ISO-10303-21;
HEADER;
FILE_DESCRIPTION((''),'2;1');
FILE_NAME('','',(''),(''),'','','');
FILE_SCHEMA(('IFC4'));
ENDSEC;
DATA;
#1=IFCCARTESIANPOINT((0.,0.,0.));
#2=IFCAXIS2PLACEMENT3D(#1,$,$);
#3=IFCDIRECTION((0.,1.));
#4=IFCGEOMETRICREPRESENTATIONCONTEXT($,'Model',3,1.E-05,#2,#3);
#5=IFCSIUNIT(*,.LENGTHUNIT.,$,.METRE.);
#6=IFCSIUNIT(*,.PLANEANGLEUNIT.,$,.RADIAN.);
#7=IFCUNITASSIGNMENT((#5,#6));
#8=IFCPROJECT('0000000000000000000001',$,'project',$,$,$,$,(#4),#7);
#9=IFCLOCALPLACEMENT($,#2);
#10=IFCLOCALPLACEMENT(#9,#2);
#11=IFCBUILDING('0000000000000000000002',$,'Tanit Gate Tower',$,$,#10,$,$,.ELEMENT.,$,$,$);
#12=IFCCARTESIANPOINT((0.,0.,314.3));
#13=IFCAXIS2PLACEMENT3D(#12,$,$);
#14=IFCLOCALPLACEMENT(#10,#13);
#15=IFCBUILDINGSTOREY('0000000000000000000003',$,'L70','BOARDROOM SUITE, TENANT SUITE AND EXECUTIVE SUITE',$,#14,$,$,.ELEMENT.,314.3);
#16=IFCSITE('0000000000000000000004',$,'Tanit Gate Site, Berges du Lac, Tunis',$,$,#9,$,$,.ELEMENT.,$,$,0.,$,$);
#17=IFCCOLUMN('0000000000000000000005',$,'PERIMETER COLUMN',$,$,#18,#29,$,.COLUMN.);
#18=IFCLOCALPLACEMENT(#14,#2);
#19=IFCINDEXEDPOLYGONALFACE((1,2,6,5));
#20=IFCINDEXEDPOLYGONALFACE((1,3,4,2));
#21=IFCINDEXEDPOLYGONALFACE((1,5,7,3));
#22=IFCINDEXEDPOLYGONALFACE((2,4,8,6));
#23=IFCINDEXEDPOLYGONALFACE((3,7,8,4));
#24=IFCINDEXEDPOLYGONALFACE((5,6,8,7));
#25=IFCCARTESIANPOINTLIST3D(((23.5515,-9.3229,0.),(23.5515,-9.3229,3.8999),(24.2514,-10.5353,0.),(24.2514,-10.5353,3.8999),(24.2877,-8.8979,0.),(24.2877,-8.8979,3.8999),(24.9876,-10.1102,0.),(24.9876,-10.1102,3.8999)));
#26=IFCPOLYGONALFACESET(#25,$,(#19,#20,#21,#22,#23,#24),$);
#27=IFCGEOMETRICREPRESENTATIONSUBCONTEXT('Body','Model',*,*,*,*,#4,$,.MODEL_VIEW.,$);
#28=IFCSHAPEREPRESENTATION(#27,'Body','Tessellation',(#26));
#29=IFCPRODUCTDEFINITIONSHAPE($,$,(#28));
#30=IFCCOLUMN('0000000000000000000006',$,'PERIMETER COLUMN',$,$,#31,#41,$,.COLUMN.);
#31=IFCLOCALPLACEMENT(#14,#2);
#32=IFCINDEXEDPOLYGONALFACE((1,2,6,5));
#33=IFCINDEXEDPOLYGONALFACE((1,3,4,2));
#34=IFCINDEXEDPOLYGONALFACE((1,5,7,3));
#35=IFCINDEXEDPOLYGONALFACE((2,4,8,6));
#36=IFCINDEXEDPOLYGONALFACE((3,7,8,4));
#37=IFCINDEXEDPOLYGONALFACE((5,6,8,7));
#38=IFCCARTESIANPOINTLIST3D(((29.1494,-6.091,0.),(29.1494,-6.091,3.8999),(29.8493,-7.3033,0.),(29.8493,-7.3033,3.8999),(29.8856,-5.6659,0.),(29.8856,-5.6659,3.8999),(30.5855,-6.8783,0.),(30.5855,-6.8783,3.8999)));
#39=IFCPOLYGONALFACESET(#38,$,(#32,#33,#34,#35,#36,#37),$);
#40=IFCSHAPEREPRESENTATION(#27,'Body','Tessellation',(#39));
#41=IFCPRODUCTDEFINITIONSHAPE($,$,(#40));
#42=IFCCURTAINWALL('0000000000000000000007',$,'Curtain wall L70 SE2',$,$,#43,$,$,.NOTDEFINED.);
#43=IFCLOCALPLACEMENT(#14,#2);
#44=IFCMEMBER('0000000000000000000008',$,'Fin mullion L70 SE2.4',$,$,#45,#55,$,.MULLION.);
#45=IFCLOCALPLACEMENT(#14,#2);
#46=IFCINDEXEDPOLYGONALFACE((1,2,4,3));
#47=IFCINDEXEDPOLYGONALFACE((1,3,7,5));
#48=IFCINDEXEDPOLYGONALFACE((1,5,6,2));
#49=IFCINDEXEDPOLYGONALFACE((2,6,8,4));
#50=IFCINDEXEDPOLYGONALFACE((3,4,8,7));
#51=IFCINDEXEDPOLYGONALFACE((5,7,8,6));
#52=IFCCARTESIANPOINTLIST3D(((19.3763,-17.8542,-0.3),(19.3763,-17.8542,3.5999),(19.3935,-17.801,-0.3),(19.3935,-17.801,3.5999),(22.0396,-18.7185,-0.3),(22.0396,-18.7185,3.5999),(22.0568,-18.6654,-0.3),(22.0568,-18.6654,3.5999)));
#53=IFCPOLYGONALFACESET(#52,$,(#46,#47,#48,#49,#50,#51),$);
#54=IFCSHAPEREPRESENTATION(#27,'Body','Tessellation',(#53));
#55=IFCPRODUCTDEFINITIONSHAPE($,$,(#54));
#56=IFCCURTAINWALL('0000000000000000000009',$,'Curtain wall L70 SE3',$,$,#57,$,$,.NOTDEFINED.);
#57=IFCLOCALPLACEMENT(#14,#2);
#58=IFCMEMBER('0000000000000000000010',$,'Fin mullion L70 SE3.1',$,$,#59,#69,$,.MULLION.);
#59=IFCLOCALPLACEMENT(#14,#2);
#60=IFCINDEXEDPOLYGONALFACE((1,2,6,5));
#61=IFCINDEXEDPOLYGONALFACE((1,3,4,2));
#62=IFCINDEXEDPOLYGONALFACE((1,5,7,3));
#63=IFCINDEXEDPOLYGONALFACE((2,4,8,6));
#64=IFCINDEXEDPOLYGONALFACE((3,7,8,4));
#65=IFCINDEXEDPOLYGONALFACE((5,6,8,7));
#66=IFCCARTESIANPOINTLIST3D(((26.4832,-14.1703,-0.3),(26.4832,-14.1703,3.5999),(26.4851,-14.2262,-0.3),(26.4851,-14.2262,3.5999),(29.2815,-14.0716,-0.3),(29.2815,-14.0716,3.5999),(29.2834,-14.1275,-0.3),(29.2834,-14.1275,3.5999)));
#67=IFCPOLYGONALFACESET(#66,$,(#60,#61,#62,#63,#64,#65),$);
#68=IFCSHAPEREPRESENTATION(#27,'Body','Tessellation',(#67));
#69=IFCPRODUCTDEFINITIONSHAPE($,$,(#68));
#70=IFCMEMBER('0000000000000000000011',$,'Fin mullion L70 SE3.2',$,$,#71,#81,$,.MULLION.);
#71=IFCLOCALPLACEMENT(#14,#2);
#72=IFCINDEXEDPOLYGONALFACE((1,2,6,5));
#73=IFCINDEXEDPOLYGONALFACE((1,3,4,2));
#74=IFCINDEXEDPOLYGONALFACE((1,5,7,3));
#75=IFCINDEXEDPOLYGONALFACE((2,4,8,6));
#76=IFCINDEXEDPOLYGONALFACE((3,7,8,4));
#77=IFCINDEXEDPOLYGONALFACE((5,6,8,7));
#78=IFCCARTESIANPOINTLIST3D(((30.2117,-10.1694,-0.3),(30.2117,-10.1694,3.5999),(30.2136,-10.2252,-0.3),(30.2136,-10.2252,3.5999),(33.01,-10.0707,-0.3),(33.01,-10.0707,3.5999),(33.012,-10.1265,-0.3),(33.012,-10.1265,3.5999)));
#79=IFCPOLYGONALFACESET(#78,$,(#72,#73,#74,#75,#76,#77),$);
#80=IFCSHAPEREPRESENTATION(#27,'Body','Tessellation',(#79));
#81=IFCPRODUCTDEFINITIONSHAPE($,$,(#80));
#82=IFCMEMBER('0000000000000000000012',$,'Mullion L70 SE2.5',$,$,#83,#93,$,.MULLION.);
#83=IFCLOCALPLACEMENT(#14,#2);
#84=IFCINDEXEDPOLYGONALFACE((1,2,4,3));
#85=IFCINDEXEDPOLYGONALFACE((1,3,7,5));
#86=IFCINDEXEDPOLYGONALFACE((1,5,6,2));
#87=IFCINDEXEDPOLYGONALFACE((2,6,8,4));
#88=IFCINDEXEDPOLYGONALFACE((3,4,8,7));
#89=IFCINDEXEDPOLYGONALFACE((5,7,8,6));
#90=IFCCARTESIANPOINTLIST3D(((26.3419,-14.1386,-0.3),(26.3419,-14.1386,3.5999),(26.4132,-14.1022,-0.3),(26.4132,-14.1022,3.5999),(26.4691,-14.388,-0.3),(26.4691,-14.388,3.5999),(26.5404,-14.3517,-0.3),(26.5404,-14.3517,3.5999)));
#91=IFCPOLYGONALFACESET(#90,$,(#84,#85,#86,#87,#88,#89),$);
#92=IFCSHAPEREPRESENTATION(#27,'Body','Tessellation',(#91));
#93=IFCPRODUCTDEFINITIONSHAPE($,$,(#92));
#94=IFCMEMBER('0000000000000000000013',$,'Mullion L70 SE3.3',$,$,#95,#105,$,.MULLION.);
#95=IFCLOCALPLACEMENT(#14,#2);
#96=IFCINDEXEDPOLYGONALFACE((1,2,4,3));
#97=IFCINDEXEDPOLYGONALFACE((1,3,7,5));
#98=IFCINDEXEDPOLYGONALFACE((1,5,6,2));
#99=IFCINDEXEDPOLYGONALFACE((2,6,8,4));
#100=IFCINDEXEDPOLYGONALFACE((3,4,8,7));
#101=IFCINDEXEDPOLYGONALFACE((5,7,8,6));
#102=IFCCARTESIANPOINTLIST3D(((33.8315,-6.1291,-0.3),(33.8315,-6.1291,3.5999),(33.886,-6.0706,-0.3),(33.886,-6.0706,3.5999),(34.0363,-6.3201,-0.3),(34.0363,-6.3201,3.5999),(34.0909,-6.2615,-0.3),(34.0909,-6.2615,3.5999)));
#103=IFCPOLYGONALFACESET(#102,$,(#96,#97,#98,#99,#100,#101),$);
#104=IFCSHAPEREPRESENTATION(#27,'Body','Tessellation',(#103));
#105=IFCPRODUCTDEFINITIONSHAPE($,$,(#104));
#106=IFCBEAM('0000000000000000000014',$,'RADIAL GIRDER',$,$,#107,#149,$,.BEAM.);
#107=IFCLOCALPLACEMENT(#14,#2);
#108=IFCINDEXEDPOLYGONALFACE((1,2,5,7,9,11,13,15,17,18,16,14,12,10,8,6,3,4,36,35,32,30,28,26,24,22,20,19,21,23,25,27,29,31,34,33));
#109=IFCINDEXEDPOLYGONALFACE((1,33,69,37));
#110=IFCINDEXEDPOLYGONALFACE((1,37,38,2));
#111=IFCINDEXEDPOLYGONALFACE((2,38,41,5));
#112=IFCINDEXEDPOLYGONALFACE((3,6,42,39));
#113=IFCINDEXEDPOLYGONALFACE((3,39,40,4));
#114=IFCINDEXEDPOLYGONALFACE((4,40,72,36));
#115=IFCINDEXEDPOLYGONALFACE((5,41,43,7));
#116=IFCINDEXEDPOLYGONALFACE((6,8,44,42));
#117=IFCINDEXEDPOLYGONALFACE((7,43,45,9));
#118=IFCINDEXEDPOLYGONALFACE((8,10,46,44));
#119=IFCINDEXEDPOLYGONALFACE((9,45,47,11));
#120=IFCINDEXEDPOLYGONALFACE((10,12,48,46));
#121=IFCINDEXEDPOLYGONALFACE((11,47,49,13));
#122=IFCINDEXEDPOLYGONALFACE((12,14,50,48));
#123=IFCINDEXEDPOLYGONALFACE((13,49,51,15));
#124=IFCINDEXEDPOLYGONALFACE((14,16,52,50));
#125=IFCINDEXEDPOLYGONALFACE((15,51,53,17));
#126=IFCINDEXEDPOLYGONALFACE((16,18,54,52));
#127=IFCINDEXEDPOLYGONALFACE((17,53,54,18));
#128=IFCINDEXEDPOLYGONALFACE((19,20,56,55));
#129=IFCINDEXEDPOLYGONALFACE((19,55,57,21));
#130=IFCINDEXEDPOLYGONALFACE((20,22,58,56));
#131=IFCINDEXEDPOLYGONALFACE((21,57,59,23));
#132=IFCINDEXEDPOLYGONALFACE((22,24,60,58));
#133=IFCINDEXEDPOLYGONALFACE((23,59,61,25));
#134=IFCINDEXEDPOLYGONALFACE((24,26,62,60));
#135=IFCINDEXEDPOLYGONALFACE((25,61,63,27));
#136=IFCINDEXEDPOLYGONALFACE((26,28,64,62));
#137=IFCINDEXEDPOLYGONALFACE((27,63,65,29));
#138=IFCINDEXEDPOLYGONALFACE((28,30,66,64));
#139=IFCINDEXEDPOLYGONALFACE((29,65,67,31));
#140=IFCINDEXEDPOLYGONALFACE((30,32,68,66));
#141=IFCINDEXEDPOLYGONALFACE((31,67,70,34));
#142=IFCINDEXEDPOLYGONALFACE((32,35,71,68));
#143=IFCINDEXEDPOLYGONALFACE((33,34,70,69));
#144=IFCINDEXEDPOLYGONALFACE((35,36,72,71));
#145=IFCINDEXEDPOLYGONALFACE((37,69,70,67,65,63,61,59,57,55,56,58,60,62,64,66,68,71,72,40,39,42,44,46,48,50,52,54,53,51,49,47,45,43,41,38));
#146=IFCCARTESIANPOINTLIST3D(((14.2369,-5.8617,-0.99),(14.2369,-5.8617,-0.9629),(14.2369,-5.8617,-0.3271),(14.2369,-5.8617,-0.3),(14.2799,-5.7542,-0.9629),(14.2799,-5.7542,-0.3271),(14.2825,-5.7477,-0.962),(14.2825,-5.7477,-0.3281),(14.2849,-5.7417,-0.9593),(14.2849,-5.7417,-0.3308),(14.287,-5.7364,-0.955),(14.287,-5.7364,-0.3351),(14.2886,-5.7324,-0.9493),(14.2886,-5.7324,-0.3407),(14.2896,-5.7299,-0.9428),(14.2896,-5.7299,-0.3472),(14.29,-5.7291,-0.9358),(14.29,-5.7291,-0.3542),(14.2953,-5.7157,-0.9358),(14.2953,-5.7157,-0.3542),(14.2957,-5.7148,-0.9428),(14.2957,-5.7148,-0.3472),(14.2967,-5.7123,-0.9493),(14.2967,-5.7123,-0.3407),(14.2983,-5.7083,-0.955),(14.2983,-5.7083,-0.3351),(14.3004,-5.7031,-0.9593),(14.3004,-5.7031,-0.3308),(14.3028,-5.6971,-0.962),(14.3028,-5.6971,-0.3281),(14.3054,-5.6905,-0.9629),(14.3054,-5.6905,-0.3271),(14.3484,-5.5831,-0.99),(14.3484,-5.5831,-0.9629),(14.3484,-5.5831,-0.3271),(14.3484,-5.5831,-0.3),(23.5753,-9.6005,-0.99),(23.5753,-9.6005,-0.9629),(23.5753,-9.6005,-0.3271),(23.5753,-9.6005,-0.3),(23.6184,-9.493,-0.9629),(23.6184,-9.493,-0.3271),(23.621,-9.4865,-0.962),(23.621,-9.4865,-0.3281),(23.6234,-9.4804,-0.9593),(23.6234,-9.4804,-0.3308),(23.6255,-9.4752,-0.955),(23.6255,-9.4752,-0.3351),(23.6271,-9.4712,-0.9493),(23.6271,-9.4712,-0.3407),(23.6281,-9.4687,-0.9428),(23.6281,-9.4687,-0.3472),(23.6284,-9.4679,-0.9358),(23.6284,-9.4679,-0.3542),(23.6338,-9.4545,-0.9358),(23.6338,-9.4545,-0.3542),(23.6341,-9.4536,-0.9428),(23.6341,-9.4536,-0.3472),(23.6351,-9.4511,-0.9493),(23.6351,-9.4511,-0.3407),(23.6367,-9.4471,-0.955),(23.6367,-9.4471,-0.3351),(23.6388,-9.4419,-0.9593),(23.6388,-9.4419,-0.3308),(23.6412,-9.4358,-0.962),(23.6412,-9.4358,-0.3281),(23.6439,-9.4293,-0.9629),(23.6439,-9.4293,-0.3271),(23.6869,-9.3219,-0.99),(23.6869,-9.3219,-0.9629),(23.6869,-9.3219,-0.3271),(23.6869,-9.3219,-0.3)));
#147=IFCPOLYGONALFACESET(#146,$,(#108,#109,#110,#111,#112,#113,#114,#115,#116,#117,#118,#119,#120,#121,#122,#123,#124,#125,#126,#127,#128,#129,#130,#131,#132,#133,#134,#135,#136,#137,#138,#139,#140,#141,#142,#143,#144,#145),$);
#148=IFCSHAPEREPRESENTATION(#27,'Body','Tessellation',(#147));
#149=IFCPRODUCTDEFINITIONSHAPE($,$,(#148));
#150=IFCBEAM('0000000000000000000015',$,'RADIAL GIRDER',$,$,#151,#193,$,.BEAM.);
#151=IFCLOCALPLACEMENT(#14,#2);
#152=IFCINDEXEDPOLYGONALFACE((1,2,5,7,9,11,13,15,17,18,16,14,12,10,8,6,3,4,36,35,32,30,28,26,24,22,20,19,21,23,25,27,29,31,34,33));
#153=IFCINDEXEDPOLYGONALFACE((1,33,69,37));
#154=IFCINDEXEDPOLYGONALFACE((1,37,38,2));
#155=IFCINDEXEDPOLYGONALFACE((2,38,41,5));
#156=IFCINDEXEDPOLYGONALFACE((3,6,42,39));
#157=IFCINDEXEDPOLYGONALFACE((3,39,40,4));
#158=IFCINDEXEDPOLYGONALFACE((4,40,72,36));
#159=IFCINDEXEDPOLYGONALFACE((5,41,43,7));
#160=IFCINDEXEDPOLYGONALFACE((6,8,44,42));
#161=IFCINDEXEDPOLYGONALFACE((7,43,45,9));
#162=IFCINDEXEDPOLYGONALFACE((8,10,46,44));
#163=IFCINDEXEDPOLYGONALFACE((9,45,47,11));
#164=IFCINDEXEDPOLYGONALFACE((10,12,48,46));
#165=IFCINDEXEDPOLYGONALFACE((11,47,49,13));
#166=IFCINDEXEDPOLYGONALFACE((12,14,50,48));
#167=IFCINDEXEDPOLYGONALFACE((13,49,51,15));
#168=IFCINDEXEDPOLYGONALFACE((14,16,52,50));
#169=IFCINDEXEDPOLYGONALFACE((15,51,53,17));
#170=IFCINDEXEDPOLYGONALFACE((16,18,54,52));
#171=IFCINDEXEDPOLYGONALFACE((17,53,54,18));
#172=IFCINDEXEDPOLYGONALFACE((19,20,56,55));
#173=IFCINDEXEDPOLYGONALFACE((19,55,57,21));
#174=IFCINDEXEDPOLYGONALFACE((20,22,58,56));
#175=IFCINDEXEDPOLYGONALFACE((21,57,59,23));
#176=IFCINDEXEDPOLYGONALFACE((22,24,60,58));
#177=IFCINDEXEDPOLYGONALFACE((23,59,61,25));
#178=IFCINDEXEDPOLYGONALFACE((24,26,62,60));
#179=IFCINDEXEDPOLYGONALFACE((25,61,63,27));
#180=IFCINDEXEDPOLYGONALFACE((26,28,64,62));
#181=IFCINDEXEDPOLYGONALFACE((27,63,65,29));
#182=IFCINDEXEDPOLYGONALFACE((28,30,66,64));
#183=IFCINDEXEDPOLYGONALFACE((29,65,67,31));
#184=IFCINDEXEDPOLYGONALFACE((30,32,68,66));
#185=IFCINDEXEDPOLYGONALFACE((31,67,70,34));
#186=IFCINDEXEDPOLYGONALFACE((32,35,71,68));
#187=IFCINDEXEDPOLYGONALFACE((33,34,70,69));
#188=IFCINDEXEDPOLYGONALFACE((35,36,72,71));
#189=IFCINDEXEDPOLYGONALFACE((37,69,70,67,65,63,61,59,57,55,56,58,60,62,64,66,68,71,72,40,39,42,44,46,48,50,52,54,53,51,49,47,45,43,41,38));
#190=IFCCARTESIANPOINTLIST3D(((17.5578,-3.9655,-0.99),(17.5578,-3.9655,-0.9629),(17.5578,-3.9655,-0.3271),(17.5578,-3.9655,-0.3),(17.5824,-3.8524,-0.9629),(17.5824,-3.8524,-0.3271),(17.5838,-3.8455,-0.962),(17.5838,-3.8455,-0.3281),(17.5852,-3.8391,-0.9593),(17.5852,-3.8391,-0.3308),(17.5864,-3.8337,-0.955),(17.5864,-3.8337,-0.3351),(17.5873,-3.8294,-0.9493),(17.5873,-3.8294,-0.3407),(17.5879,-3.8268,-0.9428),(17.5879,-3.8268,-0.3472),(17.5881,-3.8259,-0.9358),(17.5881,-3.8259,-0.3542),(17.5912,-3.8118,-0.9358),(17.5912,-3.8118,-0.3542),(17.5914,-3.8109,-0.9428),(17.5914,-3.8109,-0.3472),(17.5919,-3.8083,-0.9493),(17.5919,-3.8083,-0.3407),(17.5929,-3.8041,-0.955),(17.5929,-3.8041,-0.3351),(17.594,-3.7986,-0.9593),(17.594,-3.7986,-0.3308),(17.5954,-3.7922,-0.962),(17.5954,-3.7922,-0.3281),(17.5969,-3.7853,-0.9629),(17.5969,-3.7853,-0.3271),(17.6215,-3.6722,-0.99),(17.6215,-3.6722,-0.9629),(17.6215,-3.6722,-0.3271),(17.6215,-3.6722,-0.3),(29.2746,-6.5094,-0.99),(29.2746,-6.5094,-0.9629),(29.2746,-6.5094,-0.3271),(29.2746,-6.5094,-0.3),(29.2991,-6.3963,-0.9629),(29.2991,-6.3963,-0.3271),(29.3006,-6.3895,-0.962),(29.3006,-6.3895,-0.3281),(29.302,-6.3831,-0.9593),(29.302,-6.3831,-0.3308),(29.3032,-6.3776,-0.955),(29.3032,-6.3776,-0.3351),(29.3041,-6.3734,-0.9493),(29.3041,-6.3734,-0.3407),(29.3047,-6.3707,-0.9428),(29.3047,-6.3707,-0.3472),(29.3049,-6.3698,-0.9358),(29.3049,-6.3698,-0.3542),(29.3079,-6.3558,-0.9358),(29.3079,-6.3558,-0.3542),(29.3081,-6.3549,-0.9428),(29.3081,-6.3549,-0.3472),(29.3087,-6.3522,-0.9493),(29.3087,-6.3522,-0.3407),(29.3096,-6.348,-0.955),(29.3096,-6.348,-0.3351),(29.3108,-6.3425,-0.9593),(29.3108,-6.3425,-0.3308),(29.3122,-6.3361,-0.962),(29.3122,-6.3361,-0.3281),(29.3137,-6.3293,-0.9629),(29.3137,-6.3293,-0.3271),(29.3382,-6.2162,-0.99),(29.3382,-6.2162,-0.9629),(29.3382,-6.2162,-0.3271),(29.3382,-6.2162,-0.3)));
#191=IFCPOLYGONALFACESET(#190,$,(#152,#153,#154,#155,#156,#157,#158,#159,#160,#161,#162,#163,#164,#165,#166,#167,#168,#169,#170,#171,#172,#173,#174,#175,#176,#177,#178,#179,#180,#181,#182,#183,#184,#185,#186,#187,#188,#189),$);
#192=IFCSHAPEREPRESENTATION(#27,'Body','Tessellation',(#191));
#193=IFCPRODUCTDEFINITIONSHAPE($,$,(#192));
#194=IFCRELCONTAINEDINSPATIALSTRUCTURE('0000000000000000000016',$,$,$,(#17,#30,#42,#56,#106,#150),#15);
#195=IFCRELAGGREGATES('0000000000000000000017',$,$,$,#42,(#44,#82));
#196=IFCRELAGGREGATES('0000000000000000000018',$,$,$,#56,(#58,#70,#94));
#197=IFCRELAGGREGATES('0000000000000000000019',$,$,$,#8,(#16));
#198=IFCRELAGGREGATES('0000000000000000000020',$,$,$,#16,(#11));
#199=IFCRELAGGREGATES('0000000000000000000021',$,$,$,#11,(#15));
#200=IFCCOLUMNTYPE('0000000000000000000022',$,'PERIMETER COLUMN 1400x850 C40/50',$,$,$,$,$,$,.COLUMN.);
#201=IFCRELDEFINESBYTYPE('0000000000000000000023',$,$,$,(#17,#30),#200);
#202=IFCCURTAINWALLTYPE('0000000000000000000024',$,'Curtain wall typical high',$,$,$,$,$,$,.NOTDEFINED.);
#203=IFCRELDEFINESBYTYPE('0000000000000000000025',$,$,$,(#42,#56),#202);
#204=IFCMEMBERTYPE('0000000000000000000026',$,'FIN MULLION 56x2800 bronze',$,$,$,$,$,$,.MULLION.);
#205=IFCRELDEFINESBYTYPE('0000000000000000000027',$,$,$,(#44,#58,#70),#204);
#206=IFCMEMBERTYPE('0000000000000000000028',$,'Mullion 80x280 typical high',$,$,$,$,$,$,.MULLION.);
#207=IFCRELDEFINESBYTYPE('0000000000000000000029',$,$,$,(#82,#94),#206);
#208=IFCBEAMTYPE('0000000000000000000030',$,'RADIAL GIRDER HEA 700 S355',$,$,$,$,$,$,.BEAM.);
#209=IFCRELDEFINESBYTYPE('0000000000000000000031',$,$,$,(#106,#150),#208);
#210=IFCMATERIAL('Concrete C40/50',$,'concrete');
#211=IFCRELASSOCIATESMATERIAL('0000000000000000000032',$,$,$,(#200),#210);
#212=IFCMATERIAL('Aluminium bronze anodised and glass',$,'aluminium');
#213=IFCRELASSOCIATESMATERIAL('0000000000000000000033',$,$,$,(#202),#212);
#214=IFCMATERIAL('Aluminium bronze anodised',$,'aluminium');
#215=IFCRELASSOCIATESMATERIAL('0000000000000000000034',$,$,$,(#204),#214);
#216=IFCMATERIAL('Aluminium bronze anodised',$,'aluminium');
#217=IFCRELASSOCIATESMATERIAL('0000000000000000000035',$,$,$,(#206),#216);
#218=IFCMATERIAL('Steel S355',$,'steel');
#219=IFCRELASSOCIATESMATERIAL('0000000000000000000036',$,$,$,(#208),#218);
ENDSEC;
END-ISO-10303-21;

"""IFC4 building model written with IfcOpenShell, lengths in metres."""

from ifc_helpers import new_model, si_unit, direction, frame, origin, origin_2d, place, context, subcontext, project, spatial, rectangle, i_section, extrude, material, material_profile, profile_set, type_object, element, aggregate, save


model = new_model("IFC4")

# Units and contexts
model_context = context("Model", 3, precision=1e-05, world=origin(), true_north=direction((0.0, 1.0)))
body_context = subcontext(model_context, "Body", "Model", "MODEL_VIEW")
ifc_project = project(units=[si_unit("LENGTHUNIT", "METRE"), si_unit("PLANEANGLEUNIT", "RADIAN")], contexts=[model_context])

# Site, building, storey
site_placement = place(None, origin())
site = spatial("IfcSite", under=ifc_project, at=site_placement, Name="Tanit Gate Site, Berges du Lac, Tunis", CompositionType="ELEMENT", RefElevation=0.0)
building_placement = place(site_placement, origin())
building = spatial("IfcBuilding", under=site, at=building_placement, Name="Tanit Gate Tower", CompositionType="ELEMENT")
storey_placement = place(building_placement, frame((0.0, 0.0, 314.3)))
storey = spatial("IfcBuildingStorey", under=building, at=storey_placement, Name="L70", Description="BOARDROOM SUITE, TENANT SUITE AND EXECUTIVE SUITE", CompositionType="ELEMENT", Elevation=314.3)

# Columns
ifc_material_1 = material(Name="Concrete C40/50", Category="concrete")
ifc_material_profile_1 = material_profile(ifc_material_1, rectangle(XDim=1.3999, YDim=0.8501, at=origin_2d()), Name="RC 1400x850")
ifc_profile_set_1 = profile_set([ifc_material_profile_1], Name="Concrete C40/50")
column_type = type_object("IfcColumnType", Name="PERIMETER COLUMN 1400x850 C40/50", PredefinedType="COLUMN", material=ifc_profile_set_1)
for number, where, z_axis, x_axis, name in (
    (1, (24.2695, -9.7166, 0.0), (0.0, 0.0, 1.0), (0.5, -0.866025, 0.0), "PERIMETER COLUMN"),
    (2, (29.8674, -6.4846, 0.0), (0.0, 0.0, 1.0), (0.5, -0.866025, 0.0), "PERIMETER COLUMN"),
):
    element("IfcColumn", number, at=place(storey_placement, frame(where, z_axis=z_axis, x_axis=x_axis)), inside=storey, type_object=column_type, Name=name, PredefinedType="COLUMN", context=body_context, shape_type="SweptSolid", body=[
        extrude(rectangle(XDim=1.3999, YDim=0.8501, at=origin_2d()), origin(), (0.0, 0.0, 1.0), 3.8999),
    ])

# Curtain wall, member
ifc_material_2 = material(Name="Aluminium bronze anodised and glass", Category="aluminium")
curtain_wall_type = type_object("IfcCurtainWallType", Name="Curtain wall typical high", PredefinedType="NOTDEFINED", material=ifc_material_2)
curtain_wall_1_placement = place(storey_placement, origin())
curtain_wall_1 = element("IfcCurtainWall", 3, at=curtain_wall_1_placement, inside=storey, type_object=curtain_wall_type, Name="Curtain wall L70 SE2", PredefinedType="NOTDEFINED")
ifc_material_3 = material(Name="Aluminium bronze anodised", Category="aluminium")
ifc_material_profile_2 = material_profile(ifc_material_3, rectangle(XDim=2.8, YDim=0.0559, at=origin_2d()), Name="56x2800 bronze fin mullion")
ifc_profile_set_2 = profile_set([ifc_material_profile_2], Name="Aluminium bronze anodised")
member_type_1 = type_object("IfcMemberType", Name="FIN MULLION 56x2800 bronze", PredefinedType="MULLION", material=ifc_profile_set_2)
member_1_placement = place(storey_placement, frame((20.7166, -18.2598, -0.3), z_axis=(0.0, 0.0, 1.0), x_axis=(-0.95116, 0.3087, 0.0)))
member_1 = element("IfcMember", 4, at=member_1_placement, type_object=member_type_1, Name="Fin mullion L70 SE2.4", PredefinedType="MULLION", context=body_context, shape_type="SweptSolid", body=[
    extrude(rectangle(XDim=2.8, YDim=0.0559, at=origin_2d()), origin(), (0.0, 0.0, 1.0), 3.8999),
])

# Curtain wall, members
curtain_wall_2_placement = place(storey_placement, origin())
curtain_wall_2 = element("IfcCurtainWall", 5, at=curtain_wall_2_placement, inside=storey, type_object=curtain_wall_type, Name="Curtain wall L70 SE3", PredefinedType="NOTDEFINED")
member_2_placement = place(storey_placement, frame((27.8833, -14.1489, -0.3), z_axis=(0.0, 0.0, 1.0), x_axis=(-0.999379, -0.035242, 0.0)))
member_2 = element("IfcMember", 6, at=member_2_placement, type_object=member_type_1, Name="Fin mullion L70 SE3.1", PredefinedType="MULLION", context=body_context, shape_type="SweptSolid", body=[
    extrude(rectangle(XDim=2.8, YDim=0.0559, at=origin_2d()), origin(), (0.0, 0.0, 1.0), 3.8999),
])
member_3_placement = place(storey_placement, frame((31.6118, -10.1479, -0.3), z_axis=(0.0, 0.0, 1.0), x_axis=(-0.999379, -0.035242, 0.0)))
member_3 = element("IfcMember", 7, at=member_3_placement, type_object=member_type_1, Name="Fin mullion L70 SE3.2", PredefinedType="MULLION", context=body_context, shape_type="SweptSolid", body=[
    extrude(rectangle(XDim=2.8, YDim=0.0559, at=origin_2d()), origin(), (0.0, 0.0, 1.0), 3.8999),
])

# Members
ifc_material_4 = material(Name="Aluminium bronze anodised", Category="aluminium")
ifc_material_profile_3 = material_profile(ifc_material_4, rectangle(XDim=0.28, YDim=0.0801, at=origin_2d()), Name="80x280 bronze mullion")
ifc_profile_set_3 = profile_set([ifc_material_profile_3], Name="Aluminium bronze anodised")
member_type_2 = type_object("IfcMemberType", Name="Mullion 80x280 typical high", PredefinedType="MULLION", material=ifc_profile_set_3)
member_4_placement = place(storey_placement, frame((26.4412, -14.2451, -0.3), z_axis=(0.0, 0.0, 1.0), x_axis=(-0.454288, 0.890855, 0.0)))
member_4 = element("IfcMember", 8, at=member_4_placement, type_object=member_type_2, Name="Mullion L70 SE2.5", PredefinedType="MULLION", context=body_context, shape_type="SweptSolid", body=[
    extrude(rectangle(XDim=0.28, YDim=0.0801, at=origin_2d()), origin(), (0.0, 0.0, 1.0), 3.8999),
])
member_5_placement = place(storey_placement, frame((33.9612, -6.1953, -0.3), z_axis=(0.0, 0.0, 1.0), x_axis=(-0.731587, 0.681748, 0.0)))
member_5 = element("IfcMember", 9, at=member_5_placement, type_object=member_type_2, Name="Mullion L70 SE3.3", PredefinedType="MULLION", context=body_context, shape_type="SweptSolid", body=[
    extrude(rectangle(XDim=0.28, YDim=0.0801, at=origin_2d()), origin(), (0.0, 0.0, 1.0), 3.8999),
])

# Beams
ifc_material_5 = material(Name="Steel S355", Category="steel")
ifc_material_profile_4 = material_profile(ifc_material_5, i_section(OverallWidth=0.3, OverallDepth=0.6899, WebThickness=0.0144, FlangeThickness=0.0271, FilletRadius=0.0271, at=origin_2d()), Name="HEA 700")
ifc_profile_set_4 = profile_set([ifc_material_profile_4], Name="Steel S355")
beam_type = type_object("IfcBeamType", Name="RADIAL GIRDER HEA 700 S355", PredefinedType="BEAM", material=ifc_profile_set_4)
beam_1_placement = place(storey_placement, frame((23.6311, -9.4612, -0.645), z_axis=(-0.928359, 0.371684, 0.0), x_axis=(-0.371684, -0.928359, 0.0)))
element("IfcBeam", 10, at=beam_1_placement, inside=storey, type_object=beam_type, Name="RADIAL GIRDER", PredefinedType="BEAM", context=body_context, shape_type="SweptSolid", body=[
    extrude(i_section(OverallWidth=0.3, OverallDepth=0.6899, WebThickness=0.0144, FlangeThickness=0.0271, FilletRadius=0.0271, at=origin_2d()), origin(), (0.0, 0.0, 1.0), 10.0591),
])
beam_2_placement = place(storey_placement, frame((29.3064, -6.3628, -0.645), z_axis=(-0.977231, 0.212176, 0.0), x_axis=(-0.212176, -0.977231, 0.0)))
element("IfcBeam", 11, at=beam_2_placement, inside=storey, type_object=beam_type, Name="RADIAL GIRDER", PredefinedType="BEAM", context=body_context, shape_type="SweptSolid", body=[
    extrude(i_section(OverallWidth=0.3, OverallDepth=0.6899, WebThickness=0.0144, FlangeThickness=0.0271, FilletRadius=0.0271, at=origin_2d()), origin(), (0.0, 0.0, 1.0), 11.9897),
])

aggregate(curtain_wall_1, [member_1, member_4])
aggregate(curtain_wall_2, [member_2, member_3, member_5])

save(model, "model.ifc")
